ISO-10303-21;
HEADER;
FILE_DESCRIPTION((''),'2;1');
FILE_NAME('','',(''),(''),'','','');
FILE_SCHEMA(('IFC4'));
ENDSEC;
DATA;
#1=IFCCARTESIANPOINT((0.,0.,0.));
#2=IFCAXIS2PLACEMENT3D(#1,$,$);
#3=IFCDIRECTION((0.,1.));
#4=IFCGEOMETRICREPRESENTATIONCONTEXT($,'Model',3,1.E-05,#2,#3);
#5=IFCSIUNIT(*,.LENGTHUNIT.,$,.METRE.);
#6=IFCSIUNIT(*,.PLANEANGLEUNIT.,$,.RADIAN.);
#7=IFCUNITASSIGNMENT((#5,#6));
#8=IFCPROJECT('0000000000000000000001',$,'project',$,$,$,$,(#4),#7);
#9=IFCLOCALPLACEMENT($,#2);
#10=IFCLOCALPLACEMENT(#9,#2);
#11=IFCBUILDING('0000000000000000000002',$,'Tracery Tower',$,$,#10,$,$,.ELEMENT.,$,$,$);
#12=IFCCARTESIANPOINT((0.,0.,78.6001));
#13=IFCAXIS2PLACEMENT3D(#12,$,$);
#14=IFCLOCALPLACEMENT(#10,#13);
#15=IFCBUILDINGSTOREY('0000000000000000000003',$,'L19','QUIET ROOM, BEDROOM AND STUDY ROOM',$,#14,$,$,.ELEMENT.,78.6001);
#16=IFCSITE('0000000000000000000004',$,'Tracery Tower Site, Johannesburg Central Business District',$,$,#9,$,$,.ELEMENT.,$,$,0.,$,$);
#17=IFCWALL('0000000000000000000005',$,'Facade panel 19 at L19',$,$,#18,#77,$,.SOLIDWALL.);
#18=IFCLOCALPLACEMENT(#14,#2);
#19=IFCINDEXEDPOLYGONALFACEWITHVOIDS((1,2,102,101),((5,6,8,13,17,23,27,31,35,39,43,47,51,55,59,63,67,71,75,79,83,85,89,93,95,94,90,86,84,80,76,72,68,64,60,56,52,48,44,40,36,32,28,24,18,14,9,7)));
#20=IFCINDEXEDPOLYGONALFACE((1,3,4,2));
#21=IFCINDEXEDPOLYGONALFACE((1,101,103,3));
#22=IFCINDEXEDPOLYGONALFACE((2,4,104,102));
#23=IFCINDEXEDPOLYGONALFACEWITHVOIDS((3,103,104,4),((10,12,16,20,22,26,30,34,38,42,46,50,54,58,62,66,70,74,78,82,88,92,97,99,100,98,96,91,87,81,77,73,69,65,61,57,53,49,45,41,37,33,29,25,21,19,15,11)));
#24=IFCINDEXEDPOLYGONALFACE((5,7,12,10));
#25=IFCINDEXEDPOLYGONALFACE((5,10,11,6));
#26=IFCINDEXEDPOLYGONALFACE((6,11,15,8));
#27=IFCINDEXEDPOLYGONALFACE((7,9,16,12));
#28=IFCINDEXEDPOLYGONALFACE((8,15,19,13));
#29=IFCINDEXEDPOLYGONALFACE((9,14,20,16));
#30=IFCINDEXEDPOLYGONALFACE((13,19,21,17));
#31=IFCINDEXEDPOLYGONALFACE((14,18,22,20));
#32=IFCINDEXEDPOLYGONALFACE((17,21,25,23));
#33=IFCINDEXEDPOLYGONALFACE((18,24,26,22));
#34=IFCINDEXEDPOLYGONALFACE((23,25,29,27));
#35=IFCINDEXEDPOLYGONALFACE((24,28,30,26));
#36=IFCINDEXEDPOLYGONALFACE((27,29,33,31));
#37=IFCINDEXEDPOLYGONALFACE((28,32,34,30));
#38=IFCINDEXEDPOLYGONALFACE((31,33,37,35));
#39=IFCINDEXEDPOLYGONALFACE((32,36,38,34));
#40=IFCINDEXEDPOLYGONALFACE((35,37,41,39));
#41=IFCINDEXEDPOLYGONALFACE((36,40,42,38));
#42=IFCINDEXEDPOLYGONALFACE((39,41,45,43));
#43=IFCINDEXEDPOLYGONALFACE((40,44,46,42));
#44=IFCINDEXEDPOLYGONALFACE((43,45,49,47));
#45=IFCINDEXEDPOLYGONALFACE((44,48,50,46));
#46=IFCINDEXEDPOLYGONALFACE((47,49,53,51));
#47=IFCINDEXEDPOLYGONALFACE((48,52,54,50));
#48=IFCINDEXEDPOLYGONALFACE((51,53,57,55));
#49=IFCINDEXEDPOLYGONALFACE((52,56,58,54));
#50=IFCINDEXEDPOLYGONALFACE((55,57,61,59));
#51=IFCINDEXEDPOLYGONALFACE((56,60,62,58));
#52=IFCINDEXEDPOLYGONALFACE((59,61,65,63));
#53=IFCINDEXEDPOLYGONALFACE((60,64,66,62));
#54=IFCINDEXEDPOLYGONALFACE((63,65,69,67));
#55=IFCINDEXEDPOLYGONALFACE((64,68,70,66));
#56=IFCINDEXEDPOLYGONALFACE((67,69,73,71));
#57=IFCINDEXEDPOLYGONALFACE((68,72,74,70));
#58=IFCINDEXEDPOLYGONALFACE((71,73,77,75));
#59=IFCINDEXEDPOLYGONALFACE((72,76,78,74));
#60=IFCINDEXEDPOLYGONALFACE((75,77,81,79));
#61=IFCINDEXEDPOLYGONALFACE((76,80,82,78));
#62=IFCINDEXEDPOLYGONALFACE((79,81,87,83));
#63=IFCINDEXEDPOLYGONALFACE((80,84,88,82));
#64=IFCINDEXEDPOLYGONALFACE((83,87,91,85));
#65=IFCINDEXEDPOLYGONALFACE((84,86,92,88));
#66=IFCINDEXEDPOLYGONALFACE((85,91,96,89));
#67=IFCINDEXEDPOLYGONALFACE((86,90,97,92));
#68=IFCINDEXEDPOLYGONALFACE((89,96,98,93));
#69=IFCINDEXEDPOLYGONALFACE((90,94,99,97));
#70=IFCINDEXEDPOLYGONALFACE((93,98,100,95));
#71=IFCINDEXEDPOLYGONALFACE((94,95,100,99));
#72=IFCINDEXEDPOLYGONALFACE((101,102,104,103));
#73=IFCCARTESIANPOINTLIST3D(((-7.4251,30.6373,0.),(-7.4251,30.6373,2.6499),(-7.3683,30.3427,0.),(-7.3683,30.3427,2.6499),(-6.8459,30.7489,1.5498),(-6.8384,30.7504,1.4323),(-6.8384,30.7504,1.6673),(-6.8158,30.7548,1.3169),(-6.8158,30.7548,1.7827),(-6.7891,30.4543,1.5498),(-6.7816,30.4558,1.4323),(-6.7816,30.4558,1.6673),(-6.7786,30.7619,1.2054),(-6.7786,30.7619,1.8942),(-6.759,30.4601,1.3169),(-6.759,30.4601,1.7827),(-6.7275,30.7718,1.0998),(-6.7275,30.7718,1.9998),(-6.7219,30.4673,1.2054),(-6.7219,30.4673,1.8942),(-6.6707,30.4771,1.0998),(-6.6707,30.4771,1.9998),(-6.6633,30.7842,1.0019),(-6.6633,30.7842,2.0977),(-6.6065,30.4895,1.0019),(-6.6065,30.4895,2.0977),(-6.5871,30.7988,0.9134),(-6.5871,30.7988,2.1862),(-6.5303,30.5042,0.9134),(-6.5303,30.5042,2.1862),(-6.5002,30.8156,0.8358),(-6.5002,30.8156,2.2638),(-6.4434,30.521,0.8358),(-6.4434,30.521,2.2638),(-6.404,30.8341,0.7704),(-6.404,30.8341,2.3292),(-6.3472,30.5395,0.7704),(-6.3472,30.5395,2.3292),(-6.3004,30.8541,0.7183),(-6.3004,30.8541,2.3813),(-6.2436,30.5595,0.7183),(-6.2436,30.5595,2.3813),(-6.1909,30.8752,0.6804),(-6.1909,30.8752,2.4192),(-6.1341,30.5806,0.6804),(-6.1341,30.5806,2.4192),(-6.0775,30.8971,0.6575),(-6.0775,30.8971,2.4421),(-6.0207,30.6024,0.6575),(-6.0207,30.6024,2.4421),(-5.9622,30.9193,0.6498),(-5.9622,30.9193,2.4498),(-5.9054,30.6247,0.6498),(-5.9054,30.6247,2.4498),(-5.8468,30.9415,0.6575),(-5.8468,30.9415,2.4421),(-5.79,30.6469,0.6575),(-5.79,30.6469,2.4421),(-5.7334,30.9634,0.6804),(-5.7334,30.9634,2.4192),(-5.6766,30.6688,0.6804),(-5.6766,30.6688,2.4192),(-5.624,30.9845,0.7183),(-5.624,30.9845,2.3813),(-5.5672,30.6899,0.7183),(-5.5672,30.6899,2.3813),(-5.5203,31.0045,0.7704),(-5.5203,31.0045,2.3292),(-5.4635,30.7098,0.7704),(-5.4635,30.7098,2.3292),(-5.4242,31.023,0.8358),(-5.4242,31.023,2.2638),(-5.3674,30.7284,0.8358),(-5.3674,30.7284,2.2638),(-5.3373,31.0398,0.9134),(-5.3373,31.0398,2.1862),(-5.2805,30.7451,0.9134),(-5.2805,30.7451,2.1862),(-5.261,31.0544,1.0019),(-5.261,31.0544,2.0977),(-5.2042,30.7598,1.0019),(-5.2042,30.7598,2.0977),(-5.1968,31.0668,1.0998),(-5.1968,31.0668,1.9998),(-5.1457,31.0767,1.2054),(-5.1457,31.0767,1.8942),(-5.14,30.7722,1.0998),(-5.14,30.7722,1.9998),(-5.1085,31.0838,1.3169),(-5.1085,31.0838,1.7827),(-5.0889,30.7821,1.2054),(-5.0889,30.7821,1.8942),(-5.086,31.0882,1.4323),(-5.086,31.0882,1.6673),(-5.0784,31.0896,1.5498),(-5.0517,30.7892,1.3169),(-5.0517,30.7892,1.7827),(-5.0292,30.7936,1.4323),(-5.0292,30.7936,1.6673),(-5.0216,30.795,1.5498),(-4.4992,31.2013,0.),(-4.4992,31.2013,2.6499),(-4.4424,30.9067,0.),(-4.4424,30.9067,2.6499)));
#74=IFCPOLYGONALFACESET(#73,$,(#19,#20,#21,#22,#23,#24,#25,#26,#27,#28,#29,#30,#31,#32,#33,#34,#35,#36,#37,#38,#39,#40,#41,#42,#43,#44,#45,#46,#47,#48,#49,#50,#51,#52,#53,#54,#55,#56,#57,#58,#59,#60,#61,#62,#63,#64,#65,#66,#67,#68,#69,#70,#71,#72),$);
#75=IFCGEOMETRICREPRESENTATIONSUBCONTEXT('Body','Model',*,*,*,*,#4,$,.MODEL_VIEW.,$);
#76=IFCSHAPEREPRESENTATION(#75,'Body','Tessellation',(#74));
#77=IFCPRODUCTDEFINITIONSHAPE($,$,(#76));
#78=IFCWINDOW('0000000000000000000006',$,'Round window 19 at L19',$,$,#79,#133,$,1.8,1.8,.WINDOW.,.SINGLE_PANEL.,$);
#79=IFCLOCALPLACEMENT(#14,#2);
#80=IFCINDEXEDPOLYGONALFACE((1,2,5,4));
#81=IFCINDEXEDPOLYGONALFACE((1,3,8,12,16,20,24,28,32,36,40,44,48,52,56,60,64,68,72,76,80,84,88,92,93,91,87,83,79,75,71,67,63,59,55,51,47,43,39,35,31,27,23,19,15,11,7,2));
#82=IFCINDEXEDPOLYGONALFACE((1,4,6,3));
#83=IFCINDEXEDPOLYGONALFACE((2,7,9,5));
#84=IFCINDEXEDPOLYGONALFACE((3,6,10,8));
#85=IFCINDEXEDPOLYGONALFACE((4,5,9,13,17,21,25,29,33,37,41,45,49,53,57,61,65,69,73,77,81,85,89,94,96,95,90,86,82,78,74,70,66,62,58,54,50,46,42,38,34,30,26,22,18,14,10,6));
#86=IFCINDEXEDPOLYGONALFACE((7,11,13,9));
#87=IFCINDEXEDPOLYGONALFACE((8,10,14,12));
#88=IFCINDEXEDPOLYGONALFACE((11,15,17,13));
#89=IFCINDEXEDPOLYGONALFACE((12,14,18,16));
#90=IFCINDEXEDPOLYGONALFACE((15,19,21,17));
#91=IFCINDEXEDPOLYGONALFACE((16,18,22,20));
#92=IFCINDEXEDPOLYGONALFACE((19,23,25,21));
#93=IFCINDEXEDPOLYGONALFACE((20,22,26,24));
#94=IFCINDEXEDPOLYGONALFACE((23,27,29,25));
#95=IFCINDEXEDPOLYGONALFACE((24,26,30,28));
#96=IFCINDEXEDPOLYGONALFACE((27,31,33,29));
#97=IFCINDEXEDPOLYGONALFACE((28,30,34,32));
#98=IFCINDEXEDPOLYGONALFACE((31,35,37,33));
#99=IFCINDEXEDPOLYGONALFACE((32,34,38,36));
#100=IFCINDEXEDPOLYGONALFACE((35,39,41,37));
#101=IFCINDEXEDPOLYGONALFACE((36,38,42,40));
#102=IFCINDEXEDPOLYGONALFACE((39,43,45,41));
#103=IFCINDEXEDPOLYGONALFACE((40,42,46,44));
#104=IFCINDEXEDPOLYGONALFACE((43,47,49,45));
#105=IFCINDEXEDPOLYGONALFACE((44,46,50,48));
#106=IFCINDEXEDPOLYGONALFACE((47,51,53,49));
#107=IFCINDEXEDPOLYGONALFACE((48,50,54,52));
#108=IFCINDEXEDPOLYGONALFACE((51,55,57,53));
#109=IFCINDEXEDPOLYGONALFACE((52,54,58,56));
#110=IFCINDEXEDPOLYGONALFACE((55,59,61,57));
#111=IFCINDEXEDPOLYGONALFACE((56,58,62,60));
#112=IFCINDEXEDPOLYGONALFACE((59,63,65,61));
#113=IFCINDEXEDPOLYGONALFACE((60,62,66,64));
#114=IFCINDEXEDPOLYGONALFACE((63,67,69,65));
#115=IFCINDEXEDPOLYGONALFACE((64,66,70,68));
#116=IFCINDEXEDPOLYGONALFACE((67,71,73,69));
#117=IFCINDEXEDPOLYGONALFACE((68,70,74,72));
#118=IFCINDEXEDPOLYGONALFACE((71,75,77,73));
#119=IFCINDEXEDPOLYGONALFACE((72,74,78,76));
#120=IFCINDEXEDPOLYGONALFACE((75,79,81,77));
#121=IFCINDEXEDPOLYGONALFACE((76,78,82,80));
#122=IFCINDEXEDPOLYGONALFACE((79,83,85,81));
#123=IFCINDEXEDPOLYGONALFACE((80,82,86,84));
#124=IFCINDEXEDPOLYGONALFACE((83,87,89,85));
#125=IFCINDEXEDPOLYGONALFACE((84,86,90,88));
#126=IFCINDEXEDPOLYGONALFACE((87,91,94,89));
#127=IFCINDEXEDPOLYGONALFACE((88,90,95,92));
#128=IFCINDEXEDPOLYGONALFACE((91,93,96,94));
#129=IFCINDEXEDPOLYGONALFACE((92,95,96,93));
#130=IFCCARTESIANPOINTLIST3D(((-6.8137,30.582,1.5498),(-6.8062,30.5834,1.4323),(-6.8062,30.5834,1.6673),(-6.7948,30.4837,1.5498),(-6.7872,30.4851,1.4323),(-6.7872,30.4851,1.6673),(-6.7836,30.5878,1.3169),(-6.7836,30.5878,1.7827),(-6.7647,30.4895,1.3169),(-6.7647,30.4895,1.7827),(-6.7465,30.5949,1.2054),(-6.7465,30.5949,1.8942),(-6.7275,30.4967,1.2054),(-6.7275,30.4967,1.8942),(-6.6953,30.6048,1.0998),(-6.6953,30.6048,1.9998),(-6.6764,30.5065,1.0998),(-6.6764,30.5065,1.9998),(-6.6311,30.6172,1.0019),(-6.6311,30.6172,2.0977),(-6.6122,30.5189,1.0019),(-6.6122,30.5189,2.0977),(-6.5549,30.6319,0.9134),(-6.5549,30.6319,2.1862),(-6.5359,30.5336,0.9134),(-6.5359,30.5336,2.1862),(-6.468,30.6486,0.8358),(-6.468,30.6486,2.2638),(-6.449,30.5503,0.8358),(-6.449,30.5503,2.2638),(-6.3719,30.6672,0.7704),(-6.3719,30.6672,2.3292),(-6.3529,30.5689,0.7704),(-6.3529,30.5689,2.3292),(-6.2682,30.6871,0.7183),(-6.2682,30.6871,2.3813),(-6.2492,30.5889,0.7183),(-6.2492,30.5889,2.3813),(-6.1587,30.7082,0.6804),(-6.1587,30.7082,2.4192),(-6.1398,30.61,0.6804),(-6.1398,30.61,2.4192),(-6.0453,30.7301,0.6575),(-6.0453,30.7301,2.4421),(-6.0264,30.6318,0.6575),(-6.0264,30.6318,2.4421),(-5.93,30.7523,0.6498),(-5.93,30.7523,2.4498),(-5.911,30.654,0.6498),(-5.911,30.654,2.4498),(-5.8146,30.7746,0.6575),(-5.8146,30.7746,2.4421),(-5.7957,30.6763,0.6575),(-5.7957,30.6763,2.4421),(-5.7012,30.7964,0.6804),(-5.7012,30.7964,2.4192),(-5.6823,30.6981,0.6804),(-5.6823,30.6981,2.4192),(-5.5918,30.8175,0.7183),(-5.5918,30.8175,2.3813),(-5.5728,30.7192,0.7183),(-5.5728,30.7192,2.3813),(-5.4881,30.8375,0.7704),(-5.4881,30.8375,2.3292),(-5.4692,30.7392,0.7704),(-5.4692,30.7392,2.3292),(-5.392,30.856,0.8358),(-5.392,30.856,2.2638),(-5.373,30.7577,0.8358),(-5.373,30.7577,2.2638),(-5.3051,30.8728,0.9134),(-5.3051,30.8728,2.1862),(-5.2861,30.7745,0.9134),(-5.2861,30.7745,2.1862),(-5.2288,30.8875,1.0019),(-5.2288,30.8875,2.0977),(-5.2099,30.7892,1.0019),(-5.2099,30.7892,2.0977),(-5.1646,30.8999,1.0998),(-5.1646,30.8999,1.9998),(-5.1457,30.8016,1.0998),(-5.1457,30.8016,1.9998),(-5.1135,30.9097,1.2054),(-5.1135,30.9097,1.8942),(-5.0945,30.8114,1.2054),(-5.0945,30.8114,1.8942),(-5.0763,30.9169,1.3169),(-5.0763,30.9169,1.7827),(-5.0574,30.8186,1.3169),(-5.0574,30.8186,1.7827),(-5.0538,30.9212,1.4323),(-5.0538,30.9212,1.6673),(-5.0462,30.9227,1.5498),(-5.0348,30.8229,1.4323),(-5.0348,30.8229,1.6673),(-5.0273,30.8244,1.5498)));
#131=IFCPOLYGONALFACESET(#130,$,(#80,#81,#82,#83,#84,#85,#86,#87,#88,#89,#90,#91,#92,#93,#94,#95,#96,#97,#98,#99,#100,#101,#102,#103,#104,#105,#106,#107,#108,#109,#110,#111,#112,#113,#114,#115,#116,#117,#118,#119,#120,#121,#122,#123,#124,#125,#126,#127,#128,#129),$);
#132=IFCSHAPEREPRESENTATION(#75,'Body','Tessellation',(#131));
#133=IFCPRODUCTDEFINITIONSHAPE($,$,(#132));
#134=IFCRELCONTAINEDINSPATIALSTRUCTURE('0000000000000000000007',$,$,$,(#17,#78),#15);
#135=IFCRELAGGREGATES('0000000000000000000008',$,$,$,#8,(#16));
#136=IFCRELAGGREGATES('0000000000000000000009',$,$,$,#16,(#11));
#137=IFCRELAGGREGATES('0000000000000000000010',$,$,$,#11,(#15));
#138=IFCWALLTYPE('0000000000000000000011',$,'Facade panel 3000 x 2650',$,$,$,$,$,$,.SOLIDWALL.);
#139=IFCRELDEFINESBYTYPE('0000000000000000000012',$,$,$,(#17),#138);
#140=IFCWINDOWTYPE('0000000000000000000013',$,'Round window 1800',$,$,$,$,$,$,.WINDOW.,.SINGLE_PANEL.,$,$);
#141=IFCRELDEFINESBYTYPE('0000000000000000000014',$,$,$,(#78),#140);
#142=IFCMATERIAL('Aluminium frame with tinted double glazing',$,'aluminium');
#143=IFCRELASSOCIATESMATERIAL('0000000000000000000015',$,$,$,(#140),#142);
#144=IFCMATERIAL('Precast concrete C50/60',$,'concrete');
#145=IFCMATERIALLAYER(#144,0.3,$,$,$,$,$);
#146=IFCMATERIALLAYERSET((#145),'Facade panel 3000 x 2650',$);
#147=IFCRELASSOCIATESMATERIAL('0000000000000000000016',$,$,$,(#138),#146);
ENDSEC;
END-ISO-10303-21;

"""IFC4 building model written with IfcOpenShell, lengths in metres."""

from ifc_helpers import new_model, si_unit, direction, frame, frame_2d, origin, origin_2d, place, context, subcontext, project, spatial, rectangle, circle, extrude, material, layer, layer_set, type_object, element, fill, save


model = new_model("IFC4")

# Units and contexts
model_context = context("Model", 3, precision=1e-05, world=origin(), true_north=direction((0.0, 1.0)))
body_context = subcontext(model_context, "Body", "Model", "MODEL_VIEW")
ifc_project = project(units=[si_unit("LENGTHUNIT", "METRE"), si_unit("PLANEANGLEUNIT", "RADIAN")], contexts=[model_context])

# Site, building, storey
site_placement = place(None, origin())
site = spatial("IfcSite", under=ifc_project, at=site_placement, Name="Tracery Tower Site, Johannesburg Central Business District", CompositionType="ELEMENT", RefElevation=0.0)
building_placement = place(site_placement, origin())
building = spatial("IfcBuilding", under=site, at=building_placement, Name="Tracery Tower", CompositionType="ELEMENT")
storey_placement = place(building_placement, frame((0.0, 0.0, 78.6001)))
storey = spatial("IfcBuildingStorey", under=building, at=storey_placement, Name="L19", Description="QUIET ROOM, BEDROOM AND STUDY ROOM", CompositionType="ELEMENT", Elevation=78.6001)

# Wall, opening, window
ifc_material_1 = material(Name="Aluminium frame with tinted double glazing", Category="aluminium")
window_type = type_object("IfcWindowType", Name="Round window 1800", PartitioningType="SINGLE_PANEL", PredefinedType="WINDOW", material=ifc_material_1)
ifc_material_2 = material(Name="Precast concrete C50/60", Category="concrete")
ifc_layer_1 = layer(ifc_material_2, 0.3)
ifc_layer_set_1 = layer_set([ifc_layer_1], Name="Facade panel 3000 x 2650")
wall_type_1 = type_object("IfcWallType", Name="Facade panel 3000 x 2650", PredefinedType="SOLIDWALL", material=ifc_layer_set_1)
wall_1_placement = place(storey_placement, frame((-4.4709, 31.054, 0.0), z_axis=(0.0, 0.0, 1.0), x_axis=(-0.981925, -0.189273, 0.0)))
wall_1 = element("IfcWall", 1, at=wall_1_placement, inside=storey, type_object=wall_type_1, Name="Facade panel 19 at L19", PredefinedType="SOLIDWALL", context=body_context, shape_type="SweptSolid", body=[
    extrude(rectangle(XDim=2.9797, YDim=0.3, at=frame_2d((1.4897, 0.0))), origin(), (0.0, 0.0, 1.0), 2.6499),
])
opening_1_placement = place(wall_1_placement, frame((1.4897, 0.0, 1.5498)))
opening_1 = element("IfcOpeningElement", 2, at=opening_1_placement, cuts=wall_1, PredefinedType="OPENING", context=body_context, shape_type="SweptSolid", body=[
    extrude(circle(Radius=0.9, at=origin_2d()), frame((0.0, 0.1599, 0.0), z_axis=(0.0, -1.0, 0.0), x_axis=(1.0, 0.0, 0.0)), (0.0, 0.0, 1.0), 0.3201),
])
window_1_placement = place(opening_1_placement, origin())
window_1 = element("IfcWindow", 3, at=window_1_placement, inside=storey, type_object=window_type, Name="Round window 19 at L19", OverallHeight=1.8, OverallWidth=1.8, PartitioningType="SINGLE_PANEL", PredefinedType="WINDOW", context=body_context, shape_type="SweptSolid", body=[
    extrude(circle(Radius=0.9, at=origin_2d()), frame((0.0, 0.1201, 0.0), z_axis=(0.0, -1.0, 0.0), x_axis=(1.0, 0.0, 0.0)), (0.0, 0.0, 1.0), 0.1001),
])
fill(opening_1, window_1)

save(model, "model.ifc")
